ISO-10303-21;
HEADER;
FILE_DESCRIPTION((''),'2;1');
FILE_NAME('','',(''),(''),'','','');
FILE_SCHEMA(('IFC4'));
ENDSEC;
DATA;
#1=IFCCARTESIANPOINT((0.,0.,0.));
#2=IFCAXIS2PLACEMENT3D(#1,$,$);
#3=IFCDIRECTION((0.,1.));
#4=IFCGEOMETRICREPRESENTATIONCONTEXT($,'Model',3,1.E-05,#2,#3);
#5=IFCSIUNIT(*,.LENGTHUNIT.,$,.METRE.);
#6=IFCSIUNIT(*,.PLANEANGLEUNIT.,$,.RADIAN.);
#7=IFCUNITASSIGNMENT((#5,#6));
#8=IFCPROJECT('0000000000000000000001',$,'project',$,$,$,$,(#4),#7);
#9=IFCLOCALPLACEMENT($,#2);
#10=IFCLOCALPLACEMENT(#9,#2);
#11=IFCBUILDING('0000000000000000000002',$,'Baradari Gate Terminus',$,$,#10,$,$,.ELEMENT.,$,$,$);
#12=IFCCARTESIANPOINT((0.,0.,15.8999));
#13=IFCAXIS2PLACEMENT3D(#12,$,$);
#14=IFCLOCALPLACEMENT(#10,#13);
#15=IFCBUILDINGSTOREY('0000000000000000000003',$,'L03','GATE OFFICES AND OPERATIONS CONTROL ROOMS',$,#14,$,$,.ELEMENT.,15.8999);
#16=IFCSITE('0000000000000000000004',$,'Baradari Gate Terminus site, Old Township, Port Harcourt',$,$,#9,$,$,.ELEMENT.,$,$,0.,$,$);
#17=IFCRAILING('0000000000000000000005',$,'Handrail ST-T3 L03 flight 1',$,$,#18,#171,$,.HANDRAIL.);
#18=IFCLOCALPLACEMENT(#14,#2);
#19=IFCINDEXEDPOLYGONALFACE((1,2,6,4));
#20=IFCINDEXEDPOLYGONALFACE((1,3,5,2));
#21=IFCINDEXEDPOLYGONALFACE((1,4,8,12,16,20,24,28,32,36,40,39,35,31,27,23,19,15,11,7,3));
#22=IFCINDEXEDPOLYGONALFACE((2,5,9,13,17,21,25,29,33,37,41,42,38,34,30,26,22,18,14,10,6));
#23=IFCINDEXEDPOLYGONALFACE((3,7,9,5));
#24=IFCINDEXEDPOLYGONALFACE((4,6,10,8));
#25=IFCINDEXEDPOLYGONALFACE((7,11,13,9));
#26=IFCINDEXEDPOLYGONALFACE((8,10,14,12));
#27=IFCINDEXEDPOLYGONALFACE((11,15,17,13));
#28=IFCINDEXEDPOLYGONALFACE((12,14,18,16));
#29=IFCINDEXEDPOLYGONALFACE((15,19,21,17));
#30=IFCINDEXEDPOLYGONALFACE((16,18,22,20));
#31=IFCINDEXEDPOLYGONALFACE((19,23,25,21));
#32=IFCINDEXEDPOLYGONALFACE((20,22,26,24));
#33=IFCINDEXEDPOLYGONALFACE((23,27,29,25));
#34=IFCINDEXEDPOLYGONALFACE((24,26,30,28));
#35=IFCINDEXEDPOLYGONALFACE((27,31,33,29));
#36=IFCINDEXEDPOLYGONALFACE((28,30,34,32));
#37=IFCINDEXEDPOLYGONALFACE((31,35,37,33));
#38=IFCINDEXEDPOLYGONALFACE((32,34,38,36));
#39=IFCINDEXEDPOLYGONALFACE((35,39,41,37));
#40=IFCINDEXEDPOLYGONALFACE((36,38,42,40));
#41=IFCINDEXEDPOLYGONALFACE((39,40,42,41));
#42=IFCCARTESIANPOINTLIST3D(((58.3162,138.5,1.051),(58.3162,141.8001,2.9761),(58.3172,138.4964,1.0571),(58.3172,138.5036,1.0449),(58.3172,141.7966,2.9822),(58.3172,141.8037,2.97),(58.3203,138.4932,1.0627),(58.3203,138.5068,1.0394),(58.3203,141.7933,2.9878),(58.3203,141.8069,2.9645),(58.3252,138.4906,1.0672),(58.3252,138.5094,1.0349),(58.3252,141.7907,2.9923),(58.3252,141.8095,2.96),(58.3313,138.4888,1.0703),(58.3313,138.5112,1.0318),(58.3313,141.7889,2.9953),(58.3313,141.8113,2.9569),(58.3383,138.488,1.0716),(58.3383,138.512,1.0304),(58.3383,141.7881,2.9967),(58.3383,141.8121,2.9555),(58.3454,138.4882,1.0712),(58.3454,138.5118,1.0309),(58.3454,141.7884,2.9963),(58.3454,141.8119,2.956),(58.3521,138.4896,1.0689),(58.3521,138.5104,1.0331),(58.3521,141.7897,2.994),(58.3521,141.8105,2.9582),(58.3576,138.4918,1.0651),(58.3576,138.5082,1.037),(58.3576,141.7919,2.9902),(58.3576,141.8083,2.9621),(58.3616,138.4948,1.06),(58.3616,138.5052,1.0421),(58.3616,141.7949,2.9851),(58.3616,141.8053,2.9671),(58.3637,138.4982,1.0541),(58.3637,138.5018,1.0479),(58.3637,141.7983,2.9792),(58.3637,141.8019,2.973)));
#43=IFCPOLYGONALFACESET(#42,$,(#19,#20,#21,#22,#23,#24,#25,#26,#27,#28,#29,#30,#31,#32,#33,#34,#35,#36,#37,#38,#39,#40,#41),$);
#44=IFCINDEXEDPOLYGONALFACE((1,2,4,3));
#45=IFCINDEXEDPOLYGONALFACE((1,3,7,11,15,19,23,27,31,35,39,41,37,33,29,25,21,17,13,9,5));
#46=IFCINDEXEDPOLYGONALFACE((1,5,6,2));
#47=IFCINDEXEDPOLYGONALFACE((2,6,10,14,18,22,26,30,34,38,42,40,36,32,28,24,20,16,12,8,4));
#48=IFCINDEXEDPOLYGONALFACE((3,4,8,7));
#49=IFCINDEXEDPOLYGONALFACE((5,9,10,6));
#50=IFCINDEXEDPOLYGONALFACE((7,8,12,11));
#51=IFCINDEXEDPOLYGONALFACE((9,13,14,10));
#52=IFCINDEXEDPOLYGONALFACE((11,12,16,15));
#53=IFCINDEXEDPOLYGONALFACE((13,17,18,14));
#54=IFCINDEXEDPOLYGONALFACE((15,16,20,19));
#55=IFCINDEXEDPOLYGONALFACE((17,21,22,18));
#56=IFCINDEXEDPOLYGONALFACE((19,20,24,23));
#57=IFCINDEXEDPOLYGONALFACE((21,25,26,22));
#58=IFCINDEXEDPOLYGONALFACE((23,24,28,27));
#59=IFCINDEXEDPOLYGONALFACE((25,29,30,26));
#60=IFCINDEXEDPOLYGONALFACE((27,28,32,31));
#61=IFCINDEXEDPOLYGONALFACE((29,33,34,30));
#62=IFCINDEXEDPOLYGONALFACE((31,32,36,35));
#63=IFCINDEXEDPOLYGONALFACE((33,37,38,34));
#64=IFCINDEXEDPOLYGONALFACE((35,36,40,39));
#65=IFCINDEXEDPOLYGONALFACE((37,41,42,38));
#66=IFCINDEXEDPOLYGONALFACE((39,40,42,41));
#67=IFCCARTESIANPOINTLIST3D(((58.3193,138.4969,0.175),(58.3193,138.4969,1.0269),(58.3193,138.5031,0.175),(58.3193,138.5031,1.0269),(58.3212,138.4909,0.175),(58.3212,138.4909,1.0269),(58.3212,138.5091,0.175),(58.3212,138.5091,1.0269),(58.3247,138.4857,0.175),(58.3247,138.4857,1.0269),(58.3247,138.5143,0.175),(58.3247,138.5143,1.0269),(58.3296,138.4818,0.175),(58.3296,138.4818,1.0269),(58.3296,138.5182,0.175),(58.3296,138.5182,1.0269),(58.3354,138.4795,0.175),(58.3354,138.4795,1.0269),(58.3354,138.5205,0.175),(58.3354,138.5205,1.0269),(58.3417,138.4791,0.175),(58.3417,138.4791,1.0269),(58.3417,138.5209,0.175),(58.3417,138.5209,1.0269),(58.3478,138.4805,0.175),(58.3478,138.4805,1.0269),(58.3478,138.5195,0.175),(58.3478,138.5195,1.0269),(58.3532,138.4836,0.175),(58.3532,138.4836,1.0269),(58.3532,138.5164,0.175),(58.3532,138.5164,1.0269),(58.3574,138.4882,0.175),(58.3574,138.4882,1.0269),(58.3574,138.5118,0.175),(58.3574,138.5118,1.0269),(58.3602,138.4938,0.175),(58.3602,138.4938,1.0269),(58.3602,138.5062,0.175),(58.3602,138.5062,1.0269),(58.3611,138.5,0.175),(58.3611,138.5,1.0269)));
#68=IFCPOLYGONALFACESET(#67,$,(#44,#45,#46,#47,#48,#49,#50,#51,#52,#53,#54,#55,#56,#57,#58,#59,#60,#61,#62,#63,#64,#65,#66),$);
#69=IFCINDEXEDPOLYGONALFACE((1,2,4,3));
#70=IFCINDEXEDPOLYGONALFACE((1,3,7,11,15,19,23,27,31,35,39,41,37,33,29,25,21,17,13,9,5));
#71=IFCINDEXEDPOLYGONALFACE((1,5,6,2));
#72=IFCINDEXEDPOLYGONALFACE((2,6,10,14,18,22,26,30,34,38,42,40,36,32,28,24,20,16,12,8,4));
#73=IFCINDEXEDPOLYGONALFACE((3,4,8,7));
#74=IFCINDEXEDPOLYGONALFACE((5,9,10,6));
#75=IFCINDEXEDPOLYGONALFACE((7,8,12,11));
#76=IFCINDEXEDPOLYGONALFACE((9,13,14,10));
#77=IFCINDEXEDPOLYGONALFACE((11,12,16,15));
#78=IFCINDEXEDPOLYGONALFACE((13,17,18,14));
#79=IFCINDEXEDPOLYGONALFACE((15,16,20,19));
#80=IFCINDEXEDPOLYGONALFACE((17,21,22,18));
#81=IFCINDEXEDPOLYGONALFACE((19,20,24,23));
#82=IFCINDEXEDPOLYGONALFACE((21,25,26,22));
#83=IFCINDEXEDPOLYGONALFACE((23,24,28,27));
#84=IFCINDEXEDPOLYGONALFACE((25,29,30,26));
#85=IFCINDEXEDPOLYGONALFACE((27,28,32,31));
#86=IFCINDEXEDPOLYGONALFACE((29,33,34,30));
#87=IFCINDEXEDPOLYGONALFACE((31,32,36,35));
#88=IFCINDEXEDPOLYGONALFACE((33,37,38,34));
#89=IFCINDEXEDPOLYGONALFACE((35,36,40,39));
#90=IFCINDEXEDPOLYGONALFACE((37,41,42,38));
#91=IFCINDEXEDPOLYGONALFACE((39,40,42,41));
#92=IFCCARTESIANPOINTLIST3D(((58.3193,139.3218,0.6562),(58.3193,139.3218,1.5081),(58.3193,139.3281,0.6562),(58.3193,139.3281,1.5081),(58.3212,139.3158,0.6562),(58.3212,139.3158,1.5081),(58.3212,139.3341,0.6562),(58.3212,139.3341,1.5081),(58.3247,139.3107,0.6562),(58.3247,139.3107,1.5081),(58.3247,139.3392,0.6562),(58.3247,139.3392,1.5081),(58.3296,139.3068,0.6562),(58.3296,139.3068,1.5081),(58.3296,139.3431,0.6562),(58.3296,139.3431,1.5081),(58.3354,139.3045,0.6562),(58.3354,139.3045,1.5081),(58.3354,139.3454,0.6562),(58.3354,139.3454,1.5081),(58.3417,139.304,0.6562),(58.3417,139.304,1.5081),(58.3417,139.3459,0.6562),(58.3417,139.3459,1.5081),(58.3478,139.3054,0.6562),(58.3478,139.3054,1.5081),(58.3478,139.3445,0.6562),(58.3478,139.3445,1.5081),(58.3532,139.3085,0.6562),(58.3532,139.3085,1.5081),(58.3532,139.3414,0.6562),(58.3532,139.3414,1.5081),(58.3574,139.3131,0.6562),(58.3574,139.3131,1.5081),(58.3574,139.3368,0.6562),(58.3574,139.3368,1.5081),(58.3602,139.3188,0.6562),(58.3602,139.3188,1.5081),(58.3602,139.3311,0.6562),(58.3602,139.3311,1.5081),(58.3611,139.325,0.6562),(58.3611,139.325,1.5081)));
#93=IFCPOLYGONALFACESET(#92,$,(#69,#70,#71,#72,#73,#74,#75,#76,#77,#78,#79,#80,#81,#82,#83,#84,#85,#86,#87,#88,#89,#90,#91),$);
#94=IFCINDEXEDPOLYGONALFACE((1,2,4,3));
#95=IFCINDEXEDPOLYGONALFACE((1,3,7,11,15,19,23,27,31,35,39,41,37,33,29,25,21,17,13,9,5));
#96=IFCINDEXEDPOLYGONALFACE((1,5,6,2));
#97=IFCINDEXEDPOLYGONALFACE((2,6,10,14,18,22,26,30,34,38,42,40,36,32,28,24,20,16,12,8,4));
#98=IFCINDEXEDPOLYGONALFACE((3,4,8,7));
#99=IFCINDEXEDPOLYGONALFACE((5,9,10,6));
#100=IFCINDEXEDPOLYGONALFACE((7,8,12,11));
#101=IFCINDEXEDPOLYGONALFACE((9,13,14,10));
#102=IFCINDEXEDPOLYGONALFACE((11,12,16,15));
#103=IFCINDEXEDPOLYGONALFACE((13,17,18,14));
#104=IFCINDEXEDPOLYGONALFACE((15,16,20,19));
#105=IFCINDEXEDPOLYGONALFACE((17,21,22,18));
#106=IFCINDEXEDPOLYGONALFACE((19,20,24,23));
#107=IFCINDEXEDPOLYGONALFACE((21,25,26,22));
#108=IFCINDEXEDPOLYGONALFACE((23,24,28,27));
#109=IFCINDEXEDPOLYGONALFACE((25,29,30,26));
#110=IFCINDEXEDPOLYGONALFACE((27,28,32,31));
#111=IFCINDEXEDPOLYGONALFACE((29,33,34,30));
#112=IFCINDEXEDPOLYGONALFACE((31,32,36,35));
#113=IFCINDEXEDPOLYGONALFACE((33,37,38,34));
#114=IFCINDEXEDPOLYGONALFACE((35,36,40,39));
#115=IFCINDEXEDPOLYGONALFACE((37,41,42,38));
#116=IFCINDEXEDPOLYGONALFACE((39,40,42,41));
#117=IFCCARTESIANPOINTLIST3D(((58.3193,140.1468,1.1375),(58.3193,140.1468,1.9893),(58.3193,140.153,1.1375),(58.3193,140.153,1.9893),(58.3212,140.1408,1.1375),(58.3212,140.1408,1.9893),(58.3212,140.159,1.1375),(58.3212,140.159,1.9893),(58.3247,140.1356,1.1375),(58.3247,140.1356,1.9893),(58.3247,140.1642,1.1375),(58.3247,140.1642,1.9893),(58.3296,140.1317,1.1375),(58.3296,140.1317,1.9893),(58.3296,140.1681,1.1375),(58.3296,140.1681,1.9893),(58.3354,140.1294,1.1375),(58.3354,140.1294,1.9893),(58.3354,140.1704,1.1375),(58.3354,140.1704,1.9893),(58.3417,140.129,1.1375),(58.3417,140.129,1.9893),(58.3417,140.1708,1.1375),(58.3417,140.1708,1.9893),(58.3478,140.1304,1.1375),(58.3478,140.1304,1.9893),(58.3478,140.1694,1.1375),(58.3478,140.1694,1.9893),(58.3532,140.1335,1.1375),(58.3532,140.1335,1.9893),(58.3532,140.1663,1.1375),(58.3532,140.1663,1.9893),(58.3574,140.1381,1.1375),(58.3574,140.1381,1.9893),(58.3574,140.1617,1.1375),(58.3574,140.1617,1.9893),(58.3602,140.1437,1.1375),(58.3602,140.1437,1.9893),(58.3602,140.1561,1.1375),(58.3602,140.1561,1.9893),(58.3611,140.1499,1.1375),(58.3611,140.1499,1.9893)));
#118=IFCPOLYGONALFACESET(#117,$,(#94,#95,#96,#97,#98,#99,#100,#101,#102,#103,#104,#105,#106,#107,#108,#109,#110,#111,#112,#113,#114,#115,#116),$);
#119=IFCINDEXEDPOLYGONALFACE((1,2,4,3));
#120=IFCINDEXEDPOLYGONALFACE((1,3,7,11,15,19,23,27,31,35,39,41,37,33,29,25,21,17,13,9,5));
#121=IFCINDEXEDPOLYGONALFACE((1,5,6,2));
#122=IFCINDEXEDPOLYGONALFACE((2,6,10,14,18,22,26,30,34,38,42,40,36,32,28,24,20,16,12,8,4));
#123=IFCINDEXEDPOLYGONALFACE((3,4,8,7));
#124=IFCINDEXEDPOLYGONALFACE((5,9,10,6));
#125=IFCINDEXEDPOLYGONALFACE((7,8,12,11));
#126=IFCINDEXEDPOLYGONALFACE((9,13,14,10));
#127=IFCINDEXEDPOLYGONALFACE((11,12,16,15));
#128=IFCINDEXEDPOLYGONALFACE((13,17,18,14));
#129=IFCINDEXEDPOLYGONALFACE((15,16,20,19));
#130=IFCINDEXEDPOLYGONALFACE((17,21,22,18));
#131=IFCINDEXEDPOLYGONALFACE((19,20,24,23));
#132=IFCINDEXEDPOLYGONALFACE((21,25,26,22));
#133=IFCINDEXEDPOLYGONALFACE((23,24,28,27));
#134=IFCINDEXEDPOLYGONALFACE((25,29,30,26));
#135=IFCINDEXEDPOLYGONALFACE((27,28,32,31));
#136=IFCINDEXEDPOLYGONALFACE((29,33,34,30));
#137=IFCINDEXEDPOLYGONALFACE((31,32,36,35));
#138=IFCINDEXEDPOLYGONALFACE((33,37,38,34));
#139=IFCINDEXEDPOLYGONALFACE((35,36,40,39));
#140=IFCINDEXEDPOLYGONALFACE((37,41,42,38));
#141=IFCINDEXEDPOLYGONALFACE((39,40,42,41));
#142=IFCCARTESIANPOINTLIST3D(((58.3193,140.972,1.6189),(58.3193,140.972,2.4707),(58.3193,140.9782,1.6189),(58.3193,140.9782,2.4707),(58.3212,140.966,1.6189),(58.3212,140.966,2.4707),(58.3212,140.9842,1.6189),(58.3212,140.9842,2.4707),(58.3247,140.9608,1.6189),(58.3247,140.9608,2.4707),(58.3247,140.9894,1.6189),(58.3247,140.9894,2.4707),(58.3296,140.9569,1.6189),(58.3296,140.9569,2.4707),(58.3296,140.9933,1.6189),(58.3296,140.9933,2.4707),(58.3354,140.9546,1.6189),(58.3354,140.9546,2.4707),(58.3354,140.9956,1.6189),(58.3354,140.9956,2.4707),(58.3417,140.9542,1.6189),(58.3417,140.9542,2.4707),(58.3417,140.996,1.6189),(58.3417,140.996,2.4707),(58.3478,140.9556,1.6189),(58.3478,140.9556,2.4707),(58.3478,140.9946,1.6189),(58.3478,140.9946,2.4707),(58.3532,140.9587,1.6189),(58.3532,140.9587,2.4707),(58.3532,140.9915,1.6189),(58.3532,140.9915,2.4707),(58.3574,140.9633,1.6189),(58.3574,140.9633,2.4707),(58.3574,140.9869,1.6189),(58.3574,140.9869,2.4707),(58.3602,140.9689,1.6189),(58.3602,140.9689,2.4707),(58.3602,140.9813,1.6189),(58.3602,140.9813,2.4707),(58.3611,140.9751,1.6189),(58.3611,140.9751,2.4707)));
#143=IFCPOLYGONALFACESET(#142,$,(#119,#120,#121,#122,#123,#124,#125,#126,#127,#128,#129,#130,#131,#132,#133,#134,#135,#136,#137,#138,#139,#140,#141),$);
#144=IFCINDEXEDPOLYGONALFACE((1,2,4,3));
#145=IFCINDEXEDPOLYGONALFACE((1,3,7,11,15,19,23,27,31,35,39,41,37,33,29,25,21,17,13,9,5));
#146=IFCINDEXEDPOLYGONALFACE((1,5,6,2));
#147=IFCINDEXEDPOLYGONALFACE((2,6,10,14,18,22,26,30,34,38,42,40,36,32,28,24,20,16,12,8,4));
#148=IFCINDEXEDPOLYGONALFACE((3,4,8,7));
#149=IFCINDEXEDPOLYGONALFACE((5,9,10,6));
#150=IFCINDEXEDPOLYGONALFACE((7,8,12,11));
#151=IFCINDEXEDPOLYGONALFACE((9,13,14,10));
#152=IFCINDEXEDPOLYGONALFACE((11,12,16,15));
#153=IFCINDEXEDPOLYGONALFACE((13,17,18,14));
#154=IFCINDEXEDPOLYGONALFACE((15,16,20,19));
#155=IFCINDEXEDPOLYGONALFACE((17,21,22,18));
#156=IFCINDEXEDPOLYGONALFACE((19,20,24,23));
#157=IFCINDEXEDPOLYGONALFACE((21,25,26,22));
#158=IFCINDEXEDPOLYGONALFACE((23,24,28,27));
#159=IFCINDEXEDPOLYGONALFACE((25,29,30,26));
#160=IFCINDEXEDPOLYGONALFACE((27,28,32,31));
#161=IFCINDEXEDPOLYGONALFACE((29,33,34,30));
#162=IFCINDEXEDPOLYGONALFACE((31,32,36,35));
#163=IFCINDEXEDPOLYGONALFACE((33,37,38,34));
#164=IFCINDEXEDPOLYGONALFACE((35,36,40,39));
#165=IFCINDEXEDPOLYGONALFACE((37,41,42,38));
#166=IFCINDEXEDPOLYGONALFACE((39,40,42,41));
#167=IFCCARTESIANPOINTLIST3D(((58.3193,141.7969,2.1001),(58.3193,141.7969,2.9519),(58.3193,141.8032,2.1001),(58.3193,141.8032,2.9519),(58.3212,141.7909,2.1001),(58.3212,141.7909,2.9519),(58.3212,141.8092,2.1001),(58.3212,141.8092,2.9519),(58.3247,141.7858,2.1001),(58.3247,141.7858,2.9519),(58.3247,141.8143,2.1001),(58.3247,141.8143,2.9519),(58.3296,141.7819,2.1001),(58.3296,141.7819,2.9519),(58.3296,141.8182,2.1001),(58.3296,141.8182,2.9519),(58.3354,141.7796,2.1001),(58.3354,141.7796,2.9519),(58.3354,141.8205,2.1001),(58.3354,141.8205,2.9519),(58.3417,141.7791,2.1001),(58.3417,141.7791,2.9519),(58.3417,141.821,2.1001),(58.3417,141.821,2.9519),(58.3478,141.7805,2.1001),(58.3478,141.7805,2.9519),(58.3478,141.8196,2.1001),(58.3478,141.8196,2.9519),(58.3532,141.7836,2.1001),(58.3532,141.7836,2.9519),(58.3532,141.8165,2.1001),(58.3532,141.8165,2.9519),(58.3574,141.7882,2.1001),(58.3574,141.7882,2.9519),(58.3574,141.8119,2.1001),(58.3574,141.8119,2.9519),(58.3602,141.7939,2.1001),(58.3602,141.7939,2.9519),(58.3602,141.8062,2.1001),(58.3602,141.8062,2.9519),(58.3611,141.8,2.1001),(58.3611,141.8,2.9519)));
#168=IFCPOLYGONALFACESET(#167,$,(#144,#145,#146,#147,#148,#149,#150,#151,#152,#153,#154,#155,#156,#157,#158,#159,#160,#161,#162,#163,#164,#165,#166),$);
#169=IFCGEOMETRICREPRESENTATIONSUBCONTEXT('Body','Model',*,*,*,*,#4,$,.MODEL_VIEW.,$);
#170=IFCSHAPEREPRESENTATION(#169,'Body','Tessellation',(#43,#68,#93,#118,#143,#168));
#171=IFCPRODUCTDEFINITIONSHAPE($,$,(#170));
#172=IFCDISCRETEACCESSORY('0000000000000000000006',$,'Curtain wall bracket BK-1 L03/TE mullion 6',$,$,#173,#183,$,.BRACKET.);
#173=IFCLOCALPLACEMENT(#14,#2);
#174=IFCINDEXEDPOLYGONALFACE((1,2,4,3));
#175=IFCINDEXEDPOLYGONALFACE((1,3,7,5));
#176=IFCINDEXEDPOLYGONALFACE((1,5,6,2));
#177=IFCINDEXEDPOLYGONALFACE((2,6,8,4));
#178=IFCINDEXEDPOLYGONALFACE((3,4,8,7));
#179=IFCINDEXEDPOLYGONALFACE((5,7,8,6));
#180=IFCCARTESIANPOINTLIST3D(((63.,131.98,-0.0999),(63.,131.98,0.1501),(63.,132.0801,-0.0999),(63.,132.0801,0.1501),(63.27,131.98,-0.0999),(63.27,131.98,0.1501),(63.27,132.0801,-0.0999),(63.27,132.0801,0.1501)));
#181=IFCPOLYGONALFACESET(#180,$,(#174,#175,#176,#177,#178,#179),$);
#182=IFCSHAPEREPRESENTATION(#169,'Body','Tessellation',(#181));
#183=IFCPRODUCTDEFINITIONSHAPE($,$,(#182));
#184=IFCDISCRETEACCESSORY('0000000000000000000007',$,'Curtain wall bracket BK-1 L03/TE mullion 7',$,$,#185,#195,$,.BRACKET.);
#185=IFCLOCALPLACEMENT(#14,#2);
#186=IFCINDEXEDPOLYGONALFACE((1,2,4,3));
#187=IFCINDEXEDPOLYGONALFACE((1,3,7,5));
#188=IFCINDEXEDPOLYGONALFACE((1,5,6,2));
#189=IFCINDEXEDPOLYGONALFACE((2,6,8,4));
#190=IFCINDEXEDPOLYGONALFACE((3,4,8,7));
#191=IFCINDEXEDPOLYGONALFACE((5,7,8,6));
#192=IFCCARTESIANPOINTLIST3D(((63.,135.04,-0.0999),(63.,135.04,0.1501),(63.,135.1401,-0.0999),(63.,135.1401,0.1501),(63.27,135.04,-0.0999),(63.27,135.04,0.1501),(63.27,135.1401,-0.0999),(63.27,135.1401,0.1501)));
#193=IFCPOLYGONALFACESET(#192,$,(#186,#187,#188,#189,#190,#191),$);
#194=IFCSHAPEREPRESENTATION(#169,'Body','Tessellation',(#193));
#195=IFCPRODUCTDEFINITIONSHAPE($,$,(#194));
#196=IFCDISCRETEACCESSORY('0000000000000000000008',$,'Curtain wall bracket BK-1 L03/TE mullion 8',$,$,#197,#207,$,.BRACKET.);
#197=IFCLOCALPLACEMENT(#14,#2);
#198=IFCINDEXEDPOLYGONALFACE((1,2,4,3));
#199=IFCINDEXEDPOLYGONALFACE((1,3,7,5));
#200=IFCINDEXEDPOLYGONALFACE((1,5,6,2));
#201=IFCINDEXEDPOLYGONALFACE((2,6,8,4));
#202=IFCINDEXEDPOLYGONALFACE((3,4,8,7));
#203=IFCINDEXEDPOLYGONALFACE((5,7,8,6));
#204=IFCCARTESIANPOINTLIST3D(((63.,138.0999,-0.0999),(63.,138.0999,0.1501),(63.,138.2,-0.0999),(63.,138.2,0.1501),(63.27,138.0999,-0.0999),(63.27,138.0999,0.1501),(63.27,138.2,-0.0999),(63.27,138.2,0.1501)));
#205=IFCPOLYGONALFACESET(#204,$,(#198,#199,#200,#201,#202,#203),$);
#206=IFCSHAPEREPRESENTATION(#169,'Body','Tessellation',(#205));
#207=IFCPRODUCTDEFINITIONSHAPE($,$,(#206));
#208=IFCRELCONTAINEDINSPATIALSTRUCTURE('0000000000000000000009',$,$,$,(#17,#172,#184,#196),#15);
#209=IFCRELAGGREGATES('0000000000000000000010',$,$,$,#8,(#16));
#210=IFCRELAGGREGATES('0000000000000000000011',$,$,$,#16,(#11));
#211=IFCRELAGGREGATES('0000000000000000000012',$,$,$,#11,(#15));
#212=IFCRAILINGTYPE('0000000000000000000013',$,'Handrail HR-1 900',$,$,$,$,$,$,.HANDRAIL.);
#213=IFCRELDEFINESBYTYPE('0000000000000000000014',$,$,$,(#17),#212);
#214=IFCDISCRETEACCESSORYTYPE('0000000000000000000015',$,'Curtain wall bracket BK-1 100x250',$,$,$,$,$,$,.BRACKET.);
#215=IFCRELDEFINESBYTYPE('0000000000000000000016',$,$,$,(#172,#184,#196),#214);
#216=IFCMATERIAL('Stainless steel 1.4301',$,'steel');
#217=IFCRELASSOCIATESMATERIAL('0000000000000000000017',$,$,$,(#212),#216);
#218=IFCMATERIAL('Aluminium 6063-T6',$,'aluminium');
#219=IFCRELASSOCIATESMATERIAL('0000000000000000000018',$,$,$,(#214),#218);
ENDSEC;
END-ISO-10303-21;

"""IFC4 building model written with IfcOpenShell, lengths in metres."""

from ifc_helpers import new_model, si_unit, direction, frame, origin, origin_2d, place, context, subcontext, project, spatial, rectangle, circle, extrude, material, type_object, element, save


model = new_model("IFC4")

# Units and contexts
model_context = context("Model", 3, precision=1e-05, world=origin(), true_north=direction((0.0, 1.0)))
body_context = subcontext(model_context, "Body", "Model", "MODEL_VIEW")
ifc_project = project(units=[si_unit("LENGTHUNIT", "METRE"), si_unit("PLANEANGLEUNIT", "RADIAN")], contexts=[model_context])

# Site, building, storey
site_placement = place(None, origin())
site = spatial("IfcSite", under=ifc_project, at=site_placement, Name="Baradari Gate Terminus site, Old Township, Port Harcourt", CompositionType="ELEMENT", RefElevation=0.0)
building_placement = place(site_placement, origin())
building = spatial("IfcBuilding", under=site, at=building_placement, Name="Baradari Gate Terminus", CompositionType="ELEMENT")
storey_placement = place(building_placement, frame((0.0, 0.0, 15.8999)))
storey = spatial("IfcBuildingStorey", under=building, at=storey_placement, Name="L03", Description="GATE OFFICES AND OPERATIONS CONTROL ROOMS", CompositionType="ELEMENT", Elevation=15.8999)

# Railing
ifc_material_1 = material(Name="Stainless steel 1.4301", Category="steel")
railing_type = type_object("IfcRailingType", Name="Handrail HR-1 900", PredefinedType="HANDRAIL", material=ifc_material_1)
for number, where, name in (
    (1, (58.3401, 138.5, 0.175), "Handrail ST-T3 L03 flight 1"),
):
    element("IfcRailing", number, at=place(storey_placement, frame(where)), inside=storey, type_object=railing_type, Name=name, PredefinedType="HANDRAIL", context=body_context, shape_type="SweptSolid", body=[
        extrude(circle(Radius=0.0239, at=origin_2d()), frame((0.0, 0.0, 0.876), z_axis=(0.0, 0.863777, 0.503875), x_axis=(-1.0, 0.0, 0.0)), (0.0, 0.0, 1.0), 3.8206),
        extrude(circle(Radius=0.021, at=origin_2d()), origin(), (0.0, 0.0, 1.0), 0.8518),
        extrude(circle(Radius=0.021, at=origin_2d()), frame((0.0, 0.825, 0.4812)), (0.0, 0.0, 1.0), 0.8518),
        extrude(circle(Radius=0.021, at=origin_2d()), frame((0.0, 1.6499, 0.9624)), (0.0, 0.0, 1.0), 0.8518),
        extrude(circle(Radius=0.021, at=origin_2d()), frame((0.0, 2.4751, 1.4438)), (0.0, 0.0, 1.0), 0.8518),
        extrude(circle(Radius=0.021, at=origin_2d()), frame((0.0, 3.3, 1.925)), (0.0, 0.0, 1.0), 0.8518),
    ])

# Discrete accessories
ifc_material_2 = material(Name="Aluminium 6063-T6", Category="aluminium")
discrete_accessory_type = type_object("IfcDiscreteAccessoryType", Name="Curtain wall bracket BK-1 100x250", PredefinedType="BRACKET", material=ifc_material_2)
for number, where, z_axis, x_axis, name in (
    (2, (63.135, 132.03, -0.0999), (0.0, 0.0, 1.0), (1.0, 0.0, 0.0), "Curtain wall bracket BK-1 L03/TE mullion 6"),
    (3, (63.135, 135.0901, -0.0999), (0.0, 0.0, 1.0), (1.0, 0.0, 0.0), "Curtain wall bracket BK-1 L03/TE mullion 7"),
    (4, (63.135, 138.1499, -0.0999), (0.0, 0.0, 1.0), (1.0, 0.0, 0.0), "Curtain wall bracket BK-1 L03/TE mullion 8"),
):
    element("IfcDiscreteAccessory", number, at=place(storey_placement, frame(where, z_axis=z_axis, x_axis=x_axis)), inside=storey, type_object=discrete_accessory_type, Name=name, PredefinedType="BRACKET", context=body_context, shape_type="SweptSolid", body=[
        extrude(rectangle(XDim=0.27, YDim=0.1001, at=origin_2d()), origin(), (0.0, 0.0, 1.0), 0.25),
    ])

save(model, "model.ifc")
